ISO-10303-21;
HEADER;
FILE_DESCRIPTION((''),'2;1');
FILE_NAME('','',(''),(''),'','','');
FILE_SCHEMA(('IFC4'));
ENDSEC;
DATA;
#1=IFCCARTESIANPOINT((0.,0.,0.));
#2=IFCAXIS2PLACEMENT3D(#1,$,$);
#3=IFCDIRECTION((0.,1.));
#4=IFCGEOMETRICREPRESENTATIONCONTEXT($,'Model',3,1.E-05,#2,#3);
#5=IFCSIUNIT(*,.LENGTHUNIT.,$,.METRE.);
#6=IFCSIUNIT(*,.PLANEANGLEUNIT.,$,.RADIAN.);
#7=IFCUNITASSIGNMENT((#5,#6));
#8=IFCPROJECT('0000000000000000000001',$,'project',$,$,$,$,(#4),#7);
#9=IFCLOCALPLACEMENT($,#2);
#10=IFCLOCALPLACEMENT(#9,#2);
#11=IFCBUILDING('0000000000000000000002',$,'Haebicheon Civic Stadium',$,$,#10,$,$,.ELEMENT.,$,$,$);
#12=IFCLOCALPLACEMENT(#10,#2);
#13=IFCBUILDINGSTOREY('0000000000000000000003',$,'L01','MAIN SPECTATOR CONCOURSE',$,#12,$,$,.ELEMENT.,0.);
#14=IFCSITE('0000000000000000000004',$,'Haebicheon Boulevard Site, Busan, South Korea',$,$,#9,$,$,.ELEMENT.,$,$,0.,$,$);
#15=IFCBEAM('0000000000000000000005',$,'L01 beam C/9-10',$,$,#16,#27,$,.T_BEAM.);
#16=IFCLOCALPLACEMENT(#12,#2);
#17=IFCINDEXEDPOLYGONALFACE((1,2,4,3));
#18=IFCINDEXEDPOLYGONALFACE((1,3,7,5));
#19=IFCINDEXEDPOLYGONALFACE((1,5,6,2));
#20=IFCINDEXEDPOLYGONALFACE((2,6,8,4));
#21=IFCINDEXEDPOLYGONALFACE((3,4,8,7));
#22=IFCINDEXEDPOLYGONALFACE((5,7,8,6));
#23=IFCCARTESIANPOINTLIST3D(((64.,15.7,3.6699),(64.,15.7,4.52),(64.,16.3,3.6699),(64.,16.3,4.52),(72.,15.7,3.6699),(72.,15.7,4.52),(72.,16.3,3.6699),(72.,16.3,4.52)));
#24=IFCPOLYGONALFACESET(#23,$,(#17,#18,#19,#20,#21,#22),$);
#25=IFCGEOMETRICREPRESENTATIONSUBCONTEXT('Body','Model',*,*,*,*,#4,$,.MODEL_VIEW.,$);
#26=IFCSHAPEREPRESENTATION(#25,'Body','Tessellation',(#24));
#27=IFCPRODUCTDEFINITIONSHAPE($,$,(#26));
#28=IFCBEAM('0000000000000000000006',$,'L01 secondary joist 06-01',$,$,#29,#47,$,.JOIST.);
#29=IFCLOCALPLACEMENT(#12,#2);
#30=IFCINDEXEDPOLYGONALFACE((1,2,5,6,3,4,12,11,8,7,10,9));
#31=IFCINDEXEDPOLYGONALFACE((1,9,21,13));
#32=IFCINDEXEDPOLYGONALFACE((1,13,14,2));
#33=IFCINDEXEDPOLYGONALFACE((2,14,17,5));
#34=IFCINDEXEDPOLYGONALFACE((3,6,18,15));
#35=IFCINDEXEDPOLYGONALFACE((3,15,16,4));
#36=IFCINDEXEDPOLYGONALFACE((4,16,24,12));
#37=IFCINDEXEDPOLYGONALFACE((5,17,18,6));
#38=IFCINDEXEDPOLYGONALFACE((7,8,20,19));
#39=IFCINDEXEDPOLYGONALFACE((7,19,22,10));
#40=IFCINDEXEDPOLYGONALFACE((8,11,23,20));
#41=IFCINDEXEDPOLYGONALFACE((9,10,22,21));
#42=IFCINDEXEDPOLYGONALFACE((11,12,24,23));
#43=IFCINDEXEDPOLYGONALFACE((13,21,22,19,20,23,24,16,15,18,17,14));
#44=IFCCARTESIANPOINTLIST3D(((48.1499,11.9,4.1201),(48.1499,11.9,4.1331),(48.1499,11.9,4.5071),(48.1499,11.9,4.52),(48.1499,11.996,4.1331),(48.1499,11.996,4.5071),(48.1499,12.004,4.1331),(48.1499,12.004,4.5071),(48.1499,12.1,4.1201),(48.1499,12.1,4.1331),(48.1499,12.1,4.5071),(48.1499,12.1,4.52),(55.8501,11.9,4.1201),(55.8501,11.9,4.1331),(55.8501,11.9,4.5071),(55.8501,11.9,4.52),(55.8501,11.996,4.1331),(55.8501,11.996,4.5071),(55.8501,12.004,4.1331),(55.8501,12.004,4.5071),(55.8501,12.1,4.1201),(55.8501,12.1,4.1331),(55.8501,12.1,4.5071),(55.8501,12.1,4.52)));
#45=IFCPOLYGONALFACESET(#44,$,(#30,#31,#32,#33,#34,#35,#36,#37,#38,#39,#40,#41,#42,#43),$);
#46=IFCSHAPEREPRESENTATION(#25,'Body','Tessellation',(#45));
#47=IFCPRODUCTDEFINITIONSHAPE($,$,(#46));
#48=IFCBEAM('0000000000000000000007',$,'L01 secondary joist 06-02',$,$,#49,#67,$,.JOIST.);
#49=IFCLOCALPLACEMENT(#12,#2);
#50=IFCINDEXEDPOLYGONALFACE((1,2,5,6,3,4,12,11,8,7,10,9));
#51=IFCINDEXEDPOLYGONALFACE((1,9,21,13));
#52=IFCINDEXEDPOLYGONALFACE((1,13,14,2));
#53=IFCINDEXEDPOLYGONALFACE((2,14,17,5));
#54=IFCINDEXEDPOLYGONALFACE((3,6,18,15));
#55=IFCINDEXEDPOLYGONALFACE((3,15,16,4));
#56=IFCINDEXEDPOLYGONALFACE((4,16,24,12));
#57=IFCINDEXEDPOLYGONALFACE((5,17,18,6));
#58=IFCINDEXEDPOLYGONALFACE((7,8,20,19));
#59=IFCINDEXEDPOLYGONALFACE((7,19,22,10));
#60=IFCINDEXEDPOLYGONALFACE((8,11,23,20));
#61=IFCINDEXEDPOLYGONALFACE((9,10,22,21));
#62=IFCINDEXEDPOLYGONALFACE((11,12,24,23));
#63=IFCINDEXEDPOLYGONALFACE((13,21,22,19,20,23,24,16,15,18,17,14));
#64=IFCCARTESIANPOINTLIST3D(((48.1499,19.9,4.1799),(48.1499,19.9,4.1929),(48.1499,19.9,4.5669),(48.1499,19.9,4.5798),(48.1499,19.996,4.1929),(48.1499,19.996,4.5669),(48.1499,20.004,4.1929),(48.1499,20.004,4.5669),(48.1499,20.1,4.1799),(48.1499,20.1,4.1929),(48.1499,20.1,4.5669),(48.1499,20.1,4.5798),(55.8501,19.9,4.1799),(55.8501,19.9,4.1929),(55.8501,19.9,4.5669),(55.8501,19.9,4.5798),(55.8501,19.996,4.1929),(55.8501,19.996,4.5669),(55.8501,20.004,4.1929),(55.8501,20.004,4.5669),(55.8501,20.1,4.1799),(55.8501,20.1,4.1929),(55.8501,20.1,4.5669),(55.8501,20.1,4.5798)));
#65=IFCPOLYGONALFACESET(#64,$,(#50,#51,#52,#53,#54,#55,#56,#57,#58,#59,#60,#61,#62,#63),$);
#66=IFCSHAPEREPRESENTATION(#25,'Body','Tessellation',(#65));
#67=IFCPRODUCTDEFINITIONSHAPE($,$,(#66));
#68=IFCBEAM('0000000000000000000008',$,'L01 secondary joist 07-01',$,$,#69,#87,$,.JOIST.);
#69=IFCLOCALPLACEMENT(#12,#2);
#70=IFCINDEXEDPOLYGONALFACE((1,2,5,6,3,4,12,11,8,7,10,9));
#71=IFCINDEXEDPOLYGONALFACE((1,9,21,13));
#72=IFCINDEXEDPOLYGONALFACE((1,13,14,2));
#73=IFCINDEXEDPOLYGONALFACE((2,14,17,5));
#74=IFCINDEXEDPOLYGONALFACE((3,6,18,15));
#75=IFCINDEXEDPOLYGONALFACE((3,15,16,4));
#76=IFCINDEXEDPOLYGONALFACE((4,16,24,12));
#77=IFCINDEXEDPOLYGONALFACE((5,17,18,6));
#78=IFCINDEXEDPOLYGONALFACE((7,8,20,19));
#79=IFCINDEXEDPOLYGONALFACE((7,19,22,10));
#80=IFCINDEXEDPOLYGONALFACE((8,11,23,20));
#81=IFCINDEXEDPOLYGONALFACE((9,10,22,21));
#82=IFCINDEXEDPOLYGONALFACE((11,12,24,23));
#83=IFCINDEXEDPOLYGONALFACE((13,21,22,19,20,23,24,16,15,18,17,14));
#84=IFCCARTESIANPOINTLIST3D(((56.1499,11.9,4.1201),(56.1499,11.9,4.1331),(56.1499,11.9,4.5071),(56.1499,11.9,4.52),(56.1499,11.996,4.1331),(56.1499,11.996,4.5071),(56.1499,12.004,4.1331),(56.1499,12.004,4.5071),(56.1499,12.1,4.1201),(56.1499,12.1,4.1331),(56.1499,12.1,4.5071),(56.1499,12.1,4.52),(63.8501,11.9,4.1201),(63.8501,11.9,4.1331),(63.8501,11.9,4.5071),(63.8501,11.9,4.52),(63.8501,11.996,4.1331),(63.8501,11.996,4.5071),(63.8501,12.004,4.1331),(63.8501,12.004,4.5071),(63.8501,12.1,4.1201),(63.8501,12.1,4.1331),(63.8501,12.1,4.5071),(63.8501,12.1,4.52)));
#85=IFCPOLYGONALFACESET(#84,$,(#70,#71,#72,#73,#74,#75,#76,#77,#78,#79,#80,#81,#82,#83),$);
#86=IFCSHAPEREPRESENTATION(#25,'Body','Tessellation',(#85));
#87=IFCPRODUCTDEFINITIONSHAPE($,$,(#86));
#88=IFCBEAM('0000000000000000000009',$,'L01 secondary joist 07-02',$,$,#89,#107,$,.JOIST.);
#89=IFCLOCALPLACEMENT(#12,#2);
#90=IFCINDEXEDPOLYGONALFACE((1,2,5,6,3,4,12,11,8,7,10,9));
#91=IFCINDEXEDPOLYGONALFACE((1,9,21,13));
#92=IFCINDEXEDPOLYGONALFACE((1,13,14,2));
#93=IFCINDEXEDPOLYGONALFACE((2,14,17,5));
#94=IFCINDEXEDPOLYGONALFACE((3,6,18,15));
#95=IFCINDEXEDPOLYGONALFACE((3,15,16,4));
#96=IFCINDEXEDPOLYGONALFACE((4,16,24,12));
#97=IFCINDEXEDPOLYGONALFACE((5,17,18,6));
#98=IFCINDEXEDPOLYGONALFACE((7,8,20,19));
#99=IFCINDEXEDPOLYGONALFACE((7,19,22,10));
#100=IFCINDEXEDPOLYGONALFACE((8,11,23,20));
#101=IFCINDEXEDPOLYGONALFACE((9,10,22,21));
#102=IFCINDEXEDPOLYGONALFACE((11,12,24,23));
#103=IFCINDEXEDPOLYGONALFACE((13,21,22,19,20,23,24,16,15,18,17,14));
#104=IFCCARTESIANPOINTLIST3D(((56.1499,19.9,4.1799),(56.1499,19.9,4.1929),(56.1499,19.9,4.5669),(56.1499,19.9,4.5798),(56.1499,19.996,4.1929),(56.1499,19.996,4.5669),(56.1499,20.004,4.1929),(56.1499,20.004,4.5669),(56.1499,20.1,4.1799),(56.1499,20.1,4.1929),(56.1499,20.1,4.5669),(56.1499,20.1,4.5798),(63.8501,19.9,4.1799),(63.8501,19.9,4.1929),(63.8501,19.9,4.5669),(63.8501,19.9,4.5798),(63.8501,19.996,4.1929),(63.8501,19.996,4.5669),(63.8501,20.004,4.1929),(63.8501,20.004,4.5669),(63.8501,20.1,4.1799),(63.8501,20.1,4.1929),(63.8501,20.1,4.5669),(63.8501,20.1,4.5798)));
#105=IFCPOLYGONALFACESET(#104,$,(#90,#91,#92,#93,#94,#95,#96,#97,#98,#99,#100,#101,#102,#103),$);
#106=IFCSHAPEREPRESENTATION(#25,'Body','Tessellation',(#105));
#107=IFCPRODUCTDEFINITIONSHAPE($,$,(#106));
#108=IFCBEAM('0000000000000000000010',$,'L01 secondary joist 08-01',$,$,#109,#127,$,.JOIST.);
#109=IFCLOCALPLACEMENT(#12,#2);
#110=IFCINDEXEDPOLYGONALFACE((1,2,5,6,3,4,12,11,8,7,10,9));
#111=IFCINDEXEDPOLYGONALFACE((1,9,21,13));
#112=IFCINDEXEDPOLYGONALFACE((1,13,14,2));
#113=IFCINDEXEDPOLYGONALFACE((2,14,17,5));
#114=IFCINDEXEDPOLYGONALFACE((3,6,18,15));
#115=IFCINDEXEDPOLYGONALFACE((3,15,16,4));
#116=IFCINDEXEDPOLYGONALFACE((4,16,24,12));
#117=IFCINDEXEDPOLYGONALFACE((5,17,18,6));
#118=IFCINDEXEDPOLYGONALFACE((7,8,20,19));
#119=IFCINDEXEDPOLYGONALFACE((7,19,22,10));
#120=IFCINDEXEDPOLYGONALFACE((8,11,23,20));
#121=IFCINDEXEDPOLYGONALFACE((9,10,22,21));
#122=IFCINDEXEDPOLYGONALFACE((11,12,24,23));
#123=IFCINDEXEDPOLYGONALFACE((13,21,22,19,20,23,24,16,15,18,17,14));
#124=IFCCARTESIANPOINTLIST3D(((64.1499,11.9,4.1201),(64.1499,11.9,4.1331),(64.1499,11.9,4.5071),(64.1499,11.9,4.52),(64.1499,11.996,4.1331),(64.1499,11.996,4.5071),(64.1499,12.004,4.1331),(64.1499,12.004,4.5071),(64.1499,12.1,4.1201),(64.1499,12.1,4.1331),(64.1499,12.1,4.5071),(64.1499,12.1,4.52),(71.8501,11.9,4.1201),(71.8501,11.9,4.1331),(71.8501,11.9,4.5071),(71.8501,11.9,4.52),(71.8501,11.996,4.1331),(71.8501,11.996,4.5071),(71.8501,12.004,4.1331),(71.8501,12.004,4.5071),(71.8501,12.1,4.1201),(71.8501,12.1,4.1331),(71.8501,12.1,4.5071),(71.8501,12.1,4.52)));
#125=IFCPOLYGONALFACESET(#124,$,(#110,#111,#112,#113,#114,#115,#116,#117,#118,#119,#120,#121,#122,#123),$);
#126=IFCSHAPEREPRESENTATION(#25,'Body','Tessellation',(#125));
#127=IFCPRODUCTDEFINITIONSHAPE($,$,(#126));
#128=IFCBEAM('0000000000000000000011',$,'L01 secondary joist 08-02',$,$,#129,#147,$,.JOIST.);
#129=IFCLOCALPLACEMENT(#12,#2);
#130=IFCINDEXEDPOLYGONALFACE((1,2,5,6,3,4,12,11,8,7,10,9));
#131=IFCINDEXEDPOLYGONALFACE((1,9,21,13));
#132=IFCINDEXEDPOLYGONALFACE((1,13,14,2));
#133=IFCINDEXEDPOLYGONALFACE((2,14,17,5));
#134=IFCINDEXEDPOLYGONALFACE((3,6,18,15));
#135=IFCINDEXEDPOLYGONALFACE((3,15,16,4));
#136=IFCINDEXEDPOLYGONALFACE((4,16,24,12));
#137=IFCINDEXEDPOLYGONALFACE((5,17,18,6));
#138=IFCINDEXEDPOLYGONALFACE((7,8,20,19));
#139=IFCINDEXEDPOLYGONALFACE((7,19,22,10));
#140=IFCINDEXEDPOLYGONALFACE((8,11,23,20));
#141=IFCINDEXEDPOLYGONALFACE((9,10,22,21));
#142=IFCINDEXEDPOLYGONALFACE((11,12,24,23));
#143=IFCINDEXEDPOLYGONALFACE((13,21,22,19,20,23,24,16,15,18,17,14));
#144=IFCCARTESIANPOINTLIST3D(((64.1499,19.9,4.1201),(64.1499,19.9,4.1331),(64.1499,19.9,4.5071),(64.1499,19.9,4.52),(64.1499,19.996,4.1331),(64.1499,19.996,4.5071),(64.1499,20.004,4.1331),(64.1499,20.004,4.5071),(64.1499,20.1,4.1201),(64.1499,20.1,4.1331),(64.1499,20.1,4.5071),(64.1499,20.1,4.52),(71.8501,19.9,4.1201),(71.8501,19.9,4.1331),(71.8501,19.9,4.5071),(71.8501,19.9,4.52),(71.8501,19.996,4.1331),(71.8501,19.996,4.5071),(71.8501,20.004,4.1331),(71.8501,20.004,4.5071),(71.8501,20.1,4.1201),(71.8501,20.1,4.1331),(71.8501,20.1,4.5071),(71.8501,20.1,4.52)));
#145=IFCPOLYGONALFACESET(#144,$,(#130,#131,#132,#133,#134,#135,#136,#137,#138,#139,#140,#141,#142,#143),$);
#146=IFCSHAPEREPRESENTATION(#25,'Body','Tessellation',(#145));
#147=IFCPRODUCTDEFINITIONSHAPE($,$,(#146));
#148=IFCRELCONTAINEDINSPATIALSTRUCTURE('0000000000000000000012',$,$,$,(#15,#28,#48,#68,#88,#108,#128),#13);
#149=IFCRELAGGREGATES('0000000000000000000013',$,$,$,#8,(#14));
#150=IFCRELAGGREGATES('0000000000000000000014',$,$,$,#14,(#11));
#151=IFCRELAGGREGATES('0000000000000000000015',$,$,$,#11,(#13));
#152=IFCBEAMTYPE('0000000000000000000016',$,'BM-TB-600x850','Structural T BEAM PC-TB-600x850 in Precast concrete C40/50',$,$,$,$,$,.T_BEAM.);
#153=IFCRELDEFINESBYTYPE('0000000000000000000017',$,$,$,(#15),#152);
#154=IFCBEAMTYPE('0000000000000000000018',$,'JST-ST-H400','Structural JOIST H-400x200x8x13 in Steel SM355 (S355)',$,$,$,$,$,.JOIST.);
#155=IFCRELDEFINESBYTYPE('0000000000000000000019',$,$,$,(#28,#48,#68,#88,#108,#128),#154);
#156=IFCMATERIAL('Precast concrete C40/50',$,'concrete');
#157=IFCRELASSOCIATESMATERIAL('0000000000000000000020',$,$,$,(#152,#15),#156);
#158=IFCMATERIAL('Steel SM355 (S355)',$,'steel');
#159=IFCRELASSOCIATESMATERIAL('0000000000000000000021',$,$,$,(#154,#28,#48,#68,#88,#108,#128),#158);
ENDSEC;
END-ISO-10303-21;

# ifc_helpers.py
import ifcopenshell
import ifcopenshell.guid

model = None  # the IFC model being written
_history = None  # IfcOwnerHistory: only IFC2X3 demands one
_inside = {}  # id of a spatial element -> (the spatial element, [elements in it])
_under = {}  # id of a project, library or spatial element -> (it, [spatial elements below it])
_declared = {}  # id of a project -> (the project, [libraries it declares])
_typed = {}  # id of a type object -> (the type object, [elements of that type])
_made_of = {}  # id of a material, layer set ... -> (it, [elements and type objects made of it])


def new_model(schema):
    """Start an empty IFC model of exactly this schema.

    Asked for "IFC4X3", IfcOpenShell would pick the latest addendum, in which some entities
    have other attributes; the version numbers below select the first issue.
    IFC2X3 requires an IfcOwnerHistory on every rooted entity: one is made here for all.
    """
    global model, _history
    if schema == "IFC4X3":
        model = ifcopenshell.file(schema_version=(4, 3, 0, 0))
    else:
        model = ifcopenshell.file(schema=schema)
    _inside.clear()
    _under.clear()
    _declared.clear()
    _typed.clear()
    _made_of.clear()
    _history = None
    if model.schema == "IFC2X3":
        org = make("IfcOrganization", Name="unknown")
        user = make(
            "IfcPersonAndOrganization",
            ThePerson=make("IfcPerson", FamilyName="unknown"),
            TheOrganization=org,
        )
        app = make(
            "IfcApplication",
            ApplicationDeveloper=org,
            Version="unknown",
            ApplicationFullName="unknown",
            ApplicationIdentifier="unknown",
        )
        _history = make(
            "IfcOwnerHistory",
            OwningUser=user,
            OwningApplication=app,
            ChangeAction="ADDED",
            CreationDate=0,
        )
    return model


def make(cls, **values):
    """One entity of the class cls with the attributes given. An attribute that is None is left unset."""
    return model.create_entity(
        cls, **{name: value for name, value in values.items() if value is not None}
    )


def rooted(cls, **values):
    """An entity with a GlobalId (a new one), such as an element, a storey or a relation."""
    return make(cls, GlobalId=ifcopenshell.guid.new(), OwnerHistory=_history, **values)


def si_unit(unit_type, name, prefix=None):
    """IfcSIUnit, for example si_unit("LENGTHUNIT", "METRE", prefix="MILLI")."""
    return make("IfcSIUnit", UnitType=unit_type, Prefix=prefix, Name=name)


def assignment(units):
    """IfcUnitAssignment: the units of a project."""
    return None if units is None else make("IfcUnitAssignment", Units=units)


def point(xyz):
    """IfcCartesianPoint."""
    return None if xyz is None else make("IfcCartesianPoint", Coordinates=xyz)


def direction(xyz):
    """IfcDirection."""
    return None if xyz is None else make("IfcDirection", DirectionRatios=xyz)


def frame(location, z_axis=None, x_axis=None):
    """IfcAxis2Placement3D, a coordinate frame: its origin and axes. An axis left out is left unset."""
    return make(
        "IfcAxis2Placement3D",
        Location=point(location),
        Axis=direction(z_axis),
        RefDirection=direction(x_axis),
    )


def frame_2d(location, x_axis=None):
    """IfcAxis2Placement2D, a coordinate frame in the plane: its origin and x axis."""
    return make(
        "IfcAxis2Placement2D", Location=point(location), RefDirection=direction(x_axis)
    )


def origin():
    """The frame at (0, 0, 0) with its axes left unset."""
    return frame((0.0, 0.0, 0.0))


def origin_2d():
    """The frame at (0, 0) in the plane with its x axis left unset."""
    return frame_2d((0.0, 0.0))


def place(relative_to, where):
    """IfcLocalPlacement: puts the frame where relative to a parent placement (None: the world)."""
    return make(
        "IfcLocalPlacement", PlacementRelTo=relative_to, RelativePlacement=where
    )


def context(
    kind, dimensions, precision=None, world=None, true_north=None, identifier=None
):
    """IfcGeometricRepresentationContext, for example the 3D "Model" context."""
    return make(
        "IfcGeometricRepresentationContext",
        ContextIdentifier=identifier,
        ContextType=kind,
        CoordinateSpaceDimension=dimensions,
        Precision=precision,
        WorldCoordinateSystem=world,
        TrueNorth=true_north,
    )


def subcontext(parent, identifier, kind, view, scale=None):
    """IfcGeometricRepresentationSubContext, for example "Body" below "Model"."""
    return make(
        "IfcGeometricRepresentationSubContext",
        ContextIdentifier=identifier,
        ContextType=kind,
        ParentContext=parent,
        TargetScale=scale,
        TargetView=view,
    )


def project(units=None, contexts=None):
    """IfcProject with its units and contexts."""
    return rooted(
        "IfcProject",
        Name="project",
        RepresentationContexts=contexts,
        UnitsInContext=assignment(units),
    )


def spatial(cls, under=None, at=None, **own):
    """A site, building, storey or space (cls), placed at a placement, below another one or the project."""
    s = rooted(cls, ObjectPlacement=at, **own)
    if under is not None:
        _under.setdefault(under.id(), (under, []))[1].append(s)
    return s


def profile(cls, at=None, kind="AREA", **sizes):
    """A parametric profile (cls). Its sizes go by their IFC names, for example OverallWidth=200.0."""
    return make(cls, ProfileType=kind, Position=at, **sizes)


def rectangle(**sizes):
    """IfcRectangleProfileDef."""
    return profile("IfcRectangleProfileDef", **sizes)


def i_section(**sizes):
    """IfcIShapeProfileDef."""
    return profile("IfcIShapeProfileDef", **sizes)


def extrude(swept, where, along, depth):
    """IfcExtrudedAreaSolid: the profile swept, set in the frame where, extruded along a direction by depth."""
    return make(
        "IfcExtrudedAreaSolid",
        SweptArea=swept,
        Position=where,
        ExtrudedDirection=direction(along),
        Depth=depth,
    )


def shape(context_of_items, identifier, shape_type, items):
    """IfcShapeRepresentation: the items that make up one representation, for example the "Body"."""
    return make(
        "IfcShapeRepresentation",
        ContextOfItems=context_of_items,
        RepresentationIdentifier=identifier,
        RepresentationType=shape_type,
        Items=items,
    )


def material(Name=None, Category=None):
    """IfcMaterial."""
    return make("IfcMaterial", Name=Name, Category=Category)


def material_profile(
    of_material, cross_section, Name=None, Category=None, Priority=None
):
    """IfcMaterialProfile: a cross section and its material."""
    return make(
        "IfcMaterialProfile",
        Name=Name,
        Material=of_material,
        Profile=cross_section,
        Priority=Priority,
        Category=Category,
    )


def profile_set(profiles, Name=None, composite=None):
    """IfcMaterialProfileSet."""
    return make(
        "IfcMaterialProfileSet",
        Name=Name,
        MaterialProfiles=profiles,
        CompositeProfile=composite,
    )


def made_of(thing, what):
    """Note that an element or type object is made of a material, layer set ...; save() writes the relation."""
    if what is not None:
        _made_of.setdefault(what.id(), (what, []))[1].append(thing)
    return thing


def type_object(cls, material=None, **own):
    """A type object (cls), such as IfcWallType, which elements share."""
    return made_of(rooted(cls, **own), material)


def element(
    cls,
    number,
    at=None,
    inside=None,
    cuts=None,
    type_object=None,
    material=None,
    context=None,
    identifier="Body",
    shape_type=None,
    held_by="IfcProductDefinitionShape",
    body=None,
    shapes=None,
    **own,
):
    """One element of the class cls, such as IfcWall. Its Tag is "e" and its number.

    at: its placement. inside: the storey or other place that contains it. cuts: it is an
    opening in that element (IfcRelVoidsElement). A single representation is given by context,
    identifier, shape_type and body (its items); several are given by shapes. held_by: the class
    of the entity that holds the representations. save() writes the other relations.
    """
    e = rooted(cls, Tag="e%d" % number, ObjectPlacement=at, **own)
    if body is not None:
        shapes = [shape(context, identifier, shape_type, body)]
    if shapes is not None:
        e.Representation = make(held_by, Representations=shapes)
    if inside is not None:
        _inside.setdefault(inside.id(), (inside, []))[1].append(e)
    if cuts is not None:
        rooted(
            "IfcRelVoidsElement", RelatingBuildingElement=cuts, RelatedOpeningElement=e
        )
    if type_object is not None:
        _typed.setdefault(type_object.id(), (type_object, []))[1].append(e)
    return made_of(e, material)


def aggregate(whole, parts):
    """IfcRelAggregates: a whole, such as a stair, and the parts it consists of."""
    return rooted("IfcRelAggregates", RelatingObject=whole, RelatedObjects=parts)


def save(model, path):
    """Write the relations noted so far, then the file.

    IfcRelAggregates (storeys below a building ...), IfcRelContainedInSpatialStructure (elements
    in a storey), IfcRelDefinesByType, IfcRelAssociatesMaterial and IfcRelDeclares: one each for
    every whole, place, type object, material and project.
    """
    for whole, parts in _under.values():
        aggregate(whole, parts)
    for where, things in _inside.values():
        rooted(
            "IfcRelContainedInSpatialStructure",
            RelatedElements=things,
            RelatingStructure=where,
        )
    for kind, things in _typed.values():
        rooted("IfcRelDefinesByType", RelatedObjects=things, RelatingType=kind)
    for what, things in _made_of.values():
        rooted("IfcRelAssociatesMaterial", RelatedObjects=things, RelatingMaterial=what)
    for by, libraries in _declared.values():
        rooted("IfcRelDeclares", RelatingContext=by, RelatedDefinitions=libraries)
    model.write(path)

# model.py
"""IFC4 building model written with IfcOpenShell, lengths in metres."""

from ifc_helpers import new_model, si_unit, direction, frame, origin, origin_2d, place, context, subcontext, project, spatial, rectangle, i_section, extrude, material, material_profile, profile_set, type_object, element, save


model = new_model("IFC4")

# Units and contexts
model_context = context("Model", 3, precision=1e-05, world=origin(), true_north=direction((0.0, 1.0)))
body_context = subcontext(model_context, "Body", "Model", "MODEL_VIEW")
ifc_project = project(units=[si_unit("LENGTHUNIT", "METRE"), si_unit("PLANEANGLEUNIT", "RADIAN")], contexts=[model_context])

# Site, building, storey
site_placement = place(None, origin())
site = spatial("IfcSite", under=ifc_project, at=site_placement, Name="Haebicheon Boulevard Site, Busan, South Korea", CompositionType="ELEMENT", RefElevation=0.0)
building_placement = place(site_placement, origin())
building = spatial("IfcBuilding", under=site, at=building_placement, Name="Haebicheon Civic Stadium", CompositionType="ELEMENT")
storey_placement = place(building_placement, origin())
storey = spatial("IfcBuildingStorey", under=building, at=storey_placement, Name="L01", Description="MAIN SPECTATOR CONCOURSE", CompositionType="ELEMENT", Elevation=0.0)

# Beams
ifc_material_1 = material(Name="Precast concrete C40/50", Category="concrete")
ifc_material_profile_1 = material_profile(ifc_material_1, rectangle(XDim=0.6001, YDim=0.8501, at=origin_2d()), Name="PC-TB-600x850")
ifc_profile_set_1 = profile_set([ifc_material_profile_1], Name="Precast concrete C40/50")
beam_type_1 = type_object("IfcBeamType", Name="BM-TB-600x850", Description="Structural T BEAM PC-TB-600x850 in Precast concrete C40/50", PredefinedType="T_BEAM", material=ifc_profile_set_1)
beam_placement = place(storey_placement, frame((64.0, 16.0, 4.095), z_axis=(1.0, 0.0, 0.0), x_axis=(0.0, 1.0, 0.0)))
element("IfcBeam", 1, at=beam_placement, inside=storey, type_object=beam_type_1, material=ifc_profile_set_1, Name="L01 beam C/9-10", PredefinedType="T_BEAM", context=body_context, shape_type="SweptSolid", body=[
    extrude(rectangle(XDim=0.6001, YDim=0.8501, at=origin_2d()), origin(), (0.0, 0.0, 1.0), 8.0),
])
ifc_material_2 = material(Name="Steel SM355 (S355)", Category="steel")
ifc_material_profile_2 = material_profile(ifc_material_2, i_section(OverallWidth=0.2, OverallDepth=0.3999, WebThickness=0.0081, FlangeThickness=0.0129, at=origin_2d()), Name="H-400x200x8x13")
ifc_profile_set_2 = profile_set([ifc_material_profile_2], Name="Steel SM355 (S355)")
beam_type_2 = type_object("IfcBeamType", Name="JST-ST-H400", Description="Structural JOIST H-400x200x8x13 in Steel SM355 (S355)", PredefinedType="JOIST", material=ifc_profile_set_2)
for number, where, z_axis, x_axis, name in (
    (2, (48.1499, 12.0, 4.3201), (1.0, 0.0, 0.0), (0.0, 1.0, 0.0), "L01 secondary joist 06-01"),
    (3, (48.1499, 20.0, 4.3799), (1.0, 0.0, 0.0), (0.0, 1.0, 0.0), "L01 secondary joist 06-02"),
    (4, (56.1499, 12.0, 4.3201), (1.0, 0.0, 0.0), (0.0, 1.0, 0.0), "L01 secondary joist 07-01"),
    (5, (56.1499, 20.0, 4.3799), (1.0, 0.0, 0.0), (0.0, 1.0, 0.0), "L01 secondary joist 07-02"),
    (6, (64.1499, 12.0, 4.3201), (1.0, 0.0, 0.0), (0.0, 1.0, 0.0), "L01 secondary joist 08-01"),
    (7, (64.1499, 20.0, 4.3201), (1.0, 0.0, 0.0), (0.0, 1.0, 0.0), "L01 secondary joist 08-02"),
):
    element("IfcBeam", number, at=place(storey_placement, frame(where, z_axis=z_axis, x_axis=x_axis)), inside=storey, type_object=beam_type_2, material=ifc_profile_set_2, Name=name, PredefinedType="JOIST", context=body_context, shape_type="SweptSolid", body=[
        extrude(i_section(OverallWidth=0.2, OverallDepth=0.3999, WebThickness=0.0081, FlangeThickness=0.0129, at=origin_2d()), origin(), (0.0, 0.0, 1.0), 7.7002),
    ])

save(model, "model.ifc")
